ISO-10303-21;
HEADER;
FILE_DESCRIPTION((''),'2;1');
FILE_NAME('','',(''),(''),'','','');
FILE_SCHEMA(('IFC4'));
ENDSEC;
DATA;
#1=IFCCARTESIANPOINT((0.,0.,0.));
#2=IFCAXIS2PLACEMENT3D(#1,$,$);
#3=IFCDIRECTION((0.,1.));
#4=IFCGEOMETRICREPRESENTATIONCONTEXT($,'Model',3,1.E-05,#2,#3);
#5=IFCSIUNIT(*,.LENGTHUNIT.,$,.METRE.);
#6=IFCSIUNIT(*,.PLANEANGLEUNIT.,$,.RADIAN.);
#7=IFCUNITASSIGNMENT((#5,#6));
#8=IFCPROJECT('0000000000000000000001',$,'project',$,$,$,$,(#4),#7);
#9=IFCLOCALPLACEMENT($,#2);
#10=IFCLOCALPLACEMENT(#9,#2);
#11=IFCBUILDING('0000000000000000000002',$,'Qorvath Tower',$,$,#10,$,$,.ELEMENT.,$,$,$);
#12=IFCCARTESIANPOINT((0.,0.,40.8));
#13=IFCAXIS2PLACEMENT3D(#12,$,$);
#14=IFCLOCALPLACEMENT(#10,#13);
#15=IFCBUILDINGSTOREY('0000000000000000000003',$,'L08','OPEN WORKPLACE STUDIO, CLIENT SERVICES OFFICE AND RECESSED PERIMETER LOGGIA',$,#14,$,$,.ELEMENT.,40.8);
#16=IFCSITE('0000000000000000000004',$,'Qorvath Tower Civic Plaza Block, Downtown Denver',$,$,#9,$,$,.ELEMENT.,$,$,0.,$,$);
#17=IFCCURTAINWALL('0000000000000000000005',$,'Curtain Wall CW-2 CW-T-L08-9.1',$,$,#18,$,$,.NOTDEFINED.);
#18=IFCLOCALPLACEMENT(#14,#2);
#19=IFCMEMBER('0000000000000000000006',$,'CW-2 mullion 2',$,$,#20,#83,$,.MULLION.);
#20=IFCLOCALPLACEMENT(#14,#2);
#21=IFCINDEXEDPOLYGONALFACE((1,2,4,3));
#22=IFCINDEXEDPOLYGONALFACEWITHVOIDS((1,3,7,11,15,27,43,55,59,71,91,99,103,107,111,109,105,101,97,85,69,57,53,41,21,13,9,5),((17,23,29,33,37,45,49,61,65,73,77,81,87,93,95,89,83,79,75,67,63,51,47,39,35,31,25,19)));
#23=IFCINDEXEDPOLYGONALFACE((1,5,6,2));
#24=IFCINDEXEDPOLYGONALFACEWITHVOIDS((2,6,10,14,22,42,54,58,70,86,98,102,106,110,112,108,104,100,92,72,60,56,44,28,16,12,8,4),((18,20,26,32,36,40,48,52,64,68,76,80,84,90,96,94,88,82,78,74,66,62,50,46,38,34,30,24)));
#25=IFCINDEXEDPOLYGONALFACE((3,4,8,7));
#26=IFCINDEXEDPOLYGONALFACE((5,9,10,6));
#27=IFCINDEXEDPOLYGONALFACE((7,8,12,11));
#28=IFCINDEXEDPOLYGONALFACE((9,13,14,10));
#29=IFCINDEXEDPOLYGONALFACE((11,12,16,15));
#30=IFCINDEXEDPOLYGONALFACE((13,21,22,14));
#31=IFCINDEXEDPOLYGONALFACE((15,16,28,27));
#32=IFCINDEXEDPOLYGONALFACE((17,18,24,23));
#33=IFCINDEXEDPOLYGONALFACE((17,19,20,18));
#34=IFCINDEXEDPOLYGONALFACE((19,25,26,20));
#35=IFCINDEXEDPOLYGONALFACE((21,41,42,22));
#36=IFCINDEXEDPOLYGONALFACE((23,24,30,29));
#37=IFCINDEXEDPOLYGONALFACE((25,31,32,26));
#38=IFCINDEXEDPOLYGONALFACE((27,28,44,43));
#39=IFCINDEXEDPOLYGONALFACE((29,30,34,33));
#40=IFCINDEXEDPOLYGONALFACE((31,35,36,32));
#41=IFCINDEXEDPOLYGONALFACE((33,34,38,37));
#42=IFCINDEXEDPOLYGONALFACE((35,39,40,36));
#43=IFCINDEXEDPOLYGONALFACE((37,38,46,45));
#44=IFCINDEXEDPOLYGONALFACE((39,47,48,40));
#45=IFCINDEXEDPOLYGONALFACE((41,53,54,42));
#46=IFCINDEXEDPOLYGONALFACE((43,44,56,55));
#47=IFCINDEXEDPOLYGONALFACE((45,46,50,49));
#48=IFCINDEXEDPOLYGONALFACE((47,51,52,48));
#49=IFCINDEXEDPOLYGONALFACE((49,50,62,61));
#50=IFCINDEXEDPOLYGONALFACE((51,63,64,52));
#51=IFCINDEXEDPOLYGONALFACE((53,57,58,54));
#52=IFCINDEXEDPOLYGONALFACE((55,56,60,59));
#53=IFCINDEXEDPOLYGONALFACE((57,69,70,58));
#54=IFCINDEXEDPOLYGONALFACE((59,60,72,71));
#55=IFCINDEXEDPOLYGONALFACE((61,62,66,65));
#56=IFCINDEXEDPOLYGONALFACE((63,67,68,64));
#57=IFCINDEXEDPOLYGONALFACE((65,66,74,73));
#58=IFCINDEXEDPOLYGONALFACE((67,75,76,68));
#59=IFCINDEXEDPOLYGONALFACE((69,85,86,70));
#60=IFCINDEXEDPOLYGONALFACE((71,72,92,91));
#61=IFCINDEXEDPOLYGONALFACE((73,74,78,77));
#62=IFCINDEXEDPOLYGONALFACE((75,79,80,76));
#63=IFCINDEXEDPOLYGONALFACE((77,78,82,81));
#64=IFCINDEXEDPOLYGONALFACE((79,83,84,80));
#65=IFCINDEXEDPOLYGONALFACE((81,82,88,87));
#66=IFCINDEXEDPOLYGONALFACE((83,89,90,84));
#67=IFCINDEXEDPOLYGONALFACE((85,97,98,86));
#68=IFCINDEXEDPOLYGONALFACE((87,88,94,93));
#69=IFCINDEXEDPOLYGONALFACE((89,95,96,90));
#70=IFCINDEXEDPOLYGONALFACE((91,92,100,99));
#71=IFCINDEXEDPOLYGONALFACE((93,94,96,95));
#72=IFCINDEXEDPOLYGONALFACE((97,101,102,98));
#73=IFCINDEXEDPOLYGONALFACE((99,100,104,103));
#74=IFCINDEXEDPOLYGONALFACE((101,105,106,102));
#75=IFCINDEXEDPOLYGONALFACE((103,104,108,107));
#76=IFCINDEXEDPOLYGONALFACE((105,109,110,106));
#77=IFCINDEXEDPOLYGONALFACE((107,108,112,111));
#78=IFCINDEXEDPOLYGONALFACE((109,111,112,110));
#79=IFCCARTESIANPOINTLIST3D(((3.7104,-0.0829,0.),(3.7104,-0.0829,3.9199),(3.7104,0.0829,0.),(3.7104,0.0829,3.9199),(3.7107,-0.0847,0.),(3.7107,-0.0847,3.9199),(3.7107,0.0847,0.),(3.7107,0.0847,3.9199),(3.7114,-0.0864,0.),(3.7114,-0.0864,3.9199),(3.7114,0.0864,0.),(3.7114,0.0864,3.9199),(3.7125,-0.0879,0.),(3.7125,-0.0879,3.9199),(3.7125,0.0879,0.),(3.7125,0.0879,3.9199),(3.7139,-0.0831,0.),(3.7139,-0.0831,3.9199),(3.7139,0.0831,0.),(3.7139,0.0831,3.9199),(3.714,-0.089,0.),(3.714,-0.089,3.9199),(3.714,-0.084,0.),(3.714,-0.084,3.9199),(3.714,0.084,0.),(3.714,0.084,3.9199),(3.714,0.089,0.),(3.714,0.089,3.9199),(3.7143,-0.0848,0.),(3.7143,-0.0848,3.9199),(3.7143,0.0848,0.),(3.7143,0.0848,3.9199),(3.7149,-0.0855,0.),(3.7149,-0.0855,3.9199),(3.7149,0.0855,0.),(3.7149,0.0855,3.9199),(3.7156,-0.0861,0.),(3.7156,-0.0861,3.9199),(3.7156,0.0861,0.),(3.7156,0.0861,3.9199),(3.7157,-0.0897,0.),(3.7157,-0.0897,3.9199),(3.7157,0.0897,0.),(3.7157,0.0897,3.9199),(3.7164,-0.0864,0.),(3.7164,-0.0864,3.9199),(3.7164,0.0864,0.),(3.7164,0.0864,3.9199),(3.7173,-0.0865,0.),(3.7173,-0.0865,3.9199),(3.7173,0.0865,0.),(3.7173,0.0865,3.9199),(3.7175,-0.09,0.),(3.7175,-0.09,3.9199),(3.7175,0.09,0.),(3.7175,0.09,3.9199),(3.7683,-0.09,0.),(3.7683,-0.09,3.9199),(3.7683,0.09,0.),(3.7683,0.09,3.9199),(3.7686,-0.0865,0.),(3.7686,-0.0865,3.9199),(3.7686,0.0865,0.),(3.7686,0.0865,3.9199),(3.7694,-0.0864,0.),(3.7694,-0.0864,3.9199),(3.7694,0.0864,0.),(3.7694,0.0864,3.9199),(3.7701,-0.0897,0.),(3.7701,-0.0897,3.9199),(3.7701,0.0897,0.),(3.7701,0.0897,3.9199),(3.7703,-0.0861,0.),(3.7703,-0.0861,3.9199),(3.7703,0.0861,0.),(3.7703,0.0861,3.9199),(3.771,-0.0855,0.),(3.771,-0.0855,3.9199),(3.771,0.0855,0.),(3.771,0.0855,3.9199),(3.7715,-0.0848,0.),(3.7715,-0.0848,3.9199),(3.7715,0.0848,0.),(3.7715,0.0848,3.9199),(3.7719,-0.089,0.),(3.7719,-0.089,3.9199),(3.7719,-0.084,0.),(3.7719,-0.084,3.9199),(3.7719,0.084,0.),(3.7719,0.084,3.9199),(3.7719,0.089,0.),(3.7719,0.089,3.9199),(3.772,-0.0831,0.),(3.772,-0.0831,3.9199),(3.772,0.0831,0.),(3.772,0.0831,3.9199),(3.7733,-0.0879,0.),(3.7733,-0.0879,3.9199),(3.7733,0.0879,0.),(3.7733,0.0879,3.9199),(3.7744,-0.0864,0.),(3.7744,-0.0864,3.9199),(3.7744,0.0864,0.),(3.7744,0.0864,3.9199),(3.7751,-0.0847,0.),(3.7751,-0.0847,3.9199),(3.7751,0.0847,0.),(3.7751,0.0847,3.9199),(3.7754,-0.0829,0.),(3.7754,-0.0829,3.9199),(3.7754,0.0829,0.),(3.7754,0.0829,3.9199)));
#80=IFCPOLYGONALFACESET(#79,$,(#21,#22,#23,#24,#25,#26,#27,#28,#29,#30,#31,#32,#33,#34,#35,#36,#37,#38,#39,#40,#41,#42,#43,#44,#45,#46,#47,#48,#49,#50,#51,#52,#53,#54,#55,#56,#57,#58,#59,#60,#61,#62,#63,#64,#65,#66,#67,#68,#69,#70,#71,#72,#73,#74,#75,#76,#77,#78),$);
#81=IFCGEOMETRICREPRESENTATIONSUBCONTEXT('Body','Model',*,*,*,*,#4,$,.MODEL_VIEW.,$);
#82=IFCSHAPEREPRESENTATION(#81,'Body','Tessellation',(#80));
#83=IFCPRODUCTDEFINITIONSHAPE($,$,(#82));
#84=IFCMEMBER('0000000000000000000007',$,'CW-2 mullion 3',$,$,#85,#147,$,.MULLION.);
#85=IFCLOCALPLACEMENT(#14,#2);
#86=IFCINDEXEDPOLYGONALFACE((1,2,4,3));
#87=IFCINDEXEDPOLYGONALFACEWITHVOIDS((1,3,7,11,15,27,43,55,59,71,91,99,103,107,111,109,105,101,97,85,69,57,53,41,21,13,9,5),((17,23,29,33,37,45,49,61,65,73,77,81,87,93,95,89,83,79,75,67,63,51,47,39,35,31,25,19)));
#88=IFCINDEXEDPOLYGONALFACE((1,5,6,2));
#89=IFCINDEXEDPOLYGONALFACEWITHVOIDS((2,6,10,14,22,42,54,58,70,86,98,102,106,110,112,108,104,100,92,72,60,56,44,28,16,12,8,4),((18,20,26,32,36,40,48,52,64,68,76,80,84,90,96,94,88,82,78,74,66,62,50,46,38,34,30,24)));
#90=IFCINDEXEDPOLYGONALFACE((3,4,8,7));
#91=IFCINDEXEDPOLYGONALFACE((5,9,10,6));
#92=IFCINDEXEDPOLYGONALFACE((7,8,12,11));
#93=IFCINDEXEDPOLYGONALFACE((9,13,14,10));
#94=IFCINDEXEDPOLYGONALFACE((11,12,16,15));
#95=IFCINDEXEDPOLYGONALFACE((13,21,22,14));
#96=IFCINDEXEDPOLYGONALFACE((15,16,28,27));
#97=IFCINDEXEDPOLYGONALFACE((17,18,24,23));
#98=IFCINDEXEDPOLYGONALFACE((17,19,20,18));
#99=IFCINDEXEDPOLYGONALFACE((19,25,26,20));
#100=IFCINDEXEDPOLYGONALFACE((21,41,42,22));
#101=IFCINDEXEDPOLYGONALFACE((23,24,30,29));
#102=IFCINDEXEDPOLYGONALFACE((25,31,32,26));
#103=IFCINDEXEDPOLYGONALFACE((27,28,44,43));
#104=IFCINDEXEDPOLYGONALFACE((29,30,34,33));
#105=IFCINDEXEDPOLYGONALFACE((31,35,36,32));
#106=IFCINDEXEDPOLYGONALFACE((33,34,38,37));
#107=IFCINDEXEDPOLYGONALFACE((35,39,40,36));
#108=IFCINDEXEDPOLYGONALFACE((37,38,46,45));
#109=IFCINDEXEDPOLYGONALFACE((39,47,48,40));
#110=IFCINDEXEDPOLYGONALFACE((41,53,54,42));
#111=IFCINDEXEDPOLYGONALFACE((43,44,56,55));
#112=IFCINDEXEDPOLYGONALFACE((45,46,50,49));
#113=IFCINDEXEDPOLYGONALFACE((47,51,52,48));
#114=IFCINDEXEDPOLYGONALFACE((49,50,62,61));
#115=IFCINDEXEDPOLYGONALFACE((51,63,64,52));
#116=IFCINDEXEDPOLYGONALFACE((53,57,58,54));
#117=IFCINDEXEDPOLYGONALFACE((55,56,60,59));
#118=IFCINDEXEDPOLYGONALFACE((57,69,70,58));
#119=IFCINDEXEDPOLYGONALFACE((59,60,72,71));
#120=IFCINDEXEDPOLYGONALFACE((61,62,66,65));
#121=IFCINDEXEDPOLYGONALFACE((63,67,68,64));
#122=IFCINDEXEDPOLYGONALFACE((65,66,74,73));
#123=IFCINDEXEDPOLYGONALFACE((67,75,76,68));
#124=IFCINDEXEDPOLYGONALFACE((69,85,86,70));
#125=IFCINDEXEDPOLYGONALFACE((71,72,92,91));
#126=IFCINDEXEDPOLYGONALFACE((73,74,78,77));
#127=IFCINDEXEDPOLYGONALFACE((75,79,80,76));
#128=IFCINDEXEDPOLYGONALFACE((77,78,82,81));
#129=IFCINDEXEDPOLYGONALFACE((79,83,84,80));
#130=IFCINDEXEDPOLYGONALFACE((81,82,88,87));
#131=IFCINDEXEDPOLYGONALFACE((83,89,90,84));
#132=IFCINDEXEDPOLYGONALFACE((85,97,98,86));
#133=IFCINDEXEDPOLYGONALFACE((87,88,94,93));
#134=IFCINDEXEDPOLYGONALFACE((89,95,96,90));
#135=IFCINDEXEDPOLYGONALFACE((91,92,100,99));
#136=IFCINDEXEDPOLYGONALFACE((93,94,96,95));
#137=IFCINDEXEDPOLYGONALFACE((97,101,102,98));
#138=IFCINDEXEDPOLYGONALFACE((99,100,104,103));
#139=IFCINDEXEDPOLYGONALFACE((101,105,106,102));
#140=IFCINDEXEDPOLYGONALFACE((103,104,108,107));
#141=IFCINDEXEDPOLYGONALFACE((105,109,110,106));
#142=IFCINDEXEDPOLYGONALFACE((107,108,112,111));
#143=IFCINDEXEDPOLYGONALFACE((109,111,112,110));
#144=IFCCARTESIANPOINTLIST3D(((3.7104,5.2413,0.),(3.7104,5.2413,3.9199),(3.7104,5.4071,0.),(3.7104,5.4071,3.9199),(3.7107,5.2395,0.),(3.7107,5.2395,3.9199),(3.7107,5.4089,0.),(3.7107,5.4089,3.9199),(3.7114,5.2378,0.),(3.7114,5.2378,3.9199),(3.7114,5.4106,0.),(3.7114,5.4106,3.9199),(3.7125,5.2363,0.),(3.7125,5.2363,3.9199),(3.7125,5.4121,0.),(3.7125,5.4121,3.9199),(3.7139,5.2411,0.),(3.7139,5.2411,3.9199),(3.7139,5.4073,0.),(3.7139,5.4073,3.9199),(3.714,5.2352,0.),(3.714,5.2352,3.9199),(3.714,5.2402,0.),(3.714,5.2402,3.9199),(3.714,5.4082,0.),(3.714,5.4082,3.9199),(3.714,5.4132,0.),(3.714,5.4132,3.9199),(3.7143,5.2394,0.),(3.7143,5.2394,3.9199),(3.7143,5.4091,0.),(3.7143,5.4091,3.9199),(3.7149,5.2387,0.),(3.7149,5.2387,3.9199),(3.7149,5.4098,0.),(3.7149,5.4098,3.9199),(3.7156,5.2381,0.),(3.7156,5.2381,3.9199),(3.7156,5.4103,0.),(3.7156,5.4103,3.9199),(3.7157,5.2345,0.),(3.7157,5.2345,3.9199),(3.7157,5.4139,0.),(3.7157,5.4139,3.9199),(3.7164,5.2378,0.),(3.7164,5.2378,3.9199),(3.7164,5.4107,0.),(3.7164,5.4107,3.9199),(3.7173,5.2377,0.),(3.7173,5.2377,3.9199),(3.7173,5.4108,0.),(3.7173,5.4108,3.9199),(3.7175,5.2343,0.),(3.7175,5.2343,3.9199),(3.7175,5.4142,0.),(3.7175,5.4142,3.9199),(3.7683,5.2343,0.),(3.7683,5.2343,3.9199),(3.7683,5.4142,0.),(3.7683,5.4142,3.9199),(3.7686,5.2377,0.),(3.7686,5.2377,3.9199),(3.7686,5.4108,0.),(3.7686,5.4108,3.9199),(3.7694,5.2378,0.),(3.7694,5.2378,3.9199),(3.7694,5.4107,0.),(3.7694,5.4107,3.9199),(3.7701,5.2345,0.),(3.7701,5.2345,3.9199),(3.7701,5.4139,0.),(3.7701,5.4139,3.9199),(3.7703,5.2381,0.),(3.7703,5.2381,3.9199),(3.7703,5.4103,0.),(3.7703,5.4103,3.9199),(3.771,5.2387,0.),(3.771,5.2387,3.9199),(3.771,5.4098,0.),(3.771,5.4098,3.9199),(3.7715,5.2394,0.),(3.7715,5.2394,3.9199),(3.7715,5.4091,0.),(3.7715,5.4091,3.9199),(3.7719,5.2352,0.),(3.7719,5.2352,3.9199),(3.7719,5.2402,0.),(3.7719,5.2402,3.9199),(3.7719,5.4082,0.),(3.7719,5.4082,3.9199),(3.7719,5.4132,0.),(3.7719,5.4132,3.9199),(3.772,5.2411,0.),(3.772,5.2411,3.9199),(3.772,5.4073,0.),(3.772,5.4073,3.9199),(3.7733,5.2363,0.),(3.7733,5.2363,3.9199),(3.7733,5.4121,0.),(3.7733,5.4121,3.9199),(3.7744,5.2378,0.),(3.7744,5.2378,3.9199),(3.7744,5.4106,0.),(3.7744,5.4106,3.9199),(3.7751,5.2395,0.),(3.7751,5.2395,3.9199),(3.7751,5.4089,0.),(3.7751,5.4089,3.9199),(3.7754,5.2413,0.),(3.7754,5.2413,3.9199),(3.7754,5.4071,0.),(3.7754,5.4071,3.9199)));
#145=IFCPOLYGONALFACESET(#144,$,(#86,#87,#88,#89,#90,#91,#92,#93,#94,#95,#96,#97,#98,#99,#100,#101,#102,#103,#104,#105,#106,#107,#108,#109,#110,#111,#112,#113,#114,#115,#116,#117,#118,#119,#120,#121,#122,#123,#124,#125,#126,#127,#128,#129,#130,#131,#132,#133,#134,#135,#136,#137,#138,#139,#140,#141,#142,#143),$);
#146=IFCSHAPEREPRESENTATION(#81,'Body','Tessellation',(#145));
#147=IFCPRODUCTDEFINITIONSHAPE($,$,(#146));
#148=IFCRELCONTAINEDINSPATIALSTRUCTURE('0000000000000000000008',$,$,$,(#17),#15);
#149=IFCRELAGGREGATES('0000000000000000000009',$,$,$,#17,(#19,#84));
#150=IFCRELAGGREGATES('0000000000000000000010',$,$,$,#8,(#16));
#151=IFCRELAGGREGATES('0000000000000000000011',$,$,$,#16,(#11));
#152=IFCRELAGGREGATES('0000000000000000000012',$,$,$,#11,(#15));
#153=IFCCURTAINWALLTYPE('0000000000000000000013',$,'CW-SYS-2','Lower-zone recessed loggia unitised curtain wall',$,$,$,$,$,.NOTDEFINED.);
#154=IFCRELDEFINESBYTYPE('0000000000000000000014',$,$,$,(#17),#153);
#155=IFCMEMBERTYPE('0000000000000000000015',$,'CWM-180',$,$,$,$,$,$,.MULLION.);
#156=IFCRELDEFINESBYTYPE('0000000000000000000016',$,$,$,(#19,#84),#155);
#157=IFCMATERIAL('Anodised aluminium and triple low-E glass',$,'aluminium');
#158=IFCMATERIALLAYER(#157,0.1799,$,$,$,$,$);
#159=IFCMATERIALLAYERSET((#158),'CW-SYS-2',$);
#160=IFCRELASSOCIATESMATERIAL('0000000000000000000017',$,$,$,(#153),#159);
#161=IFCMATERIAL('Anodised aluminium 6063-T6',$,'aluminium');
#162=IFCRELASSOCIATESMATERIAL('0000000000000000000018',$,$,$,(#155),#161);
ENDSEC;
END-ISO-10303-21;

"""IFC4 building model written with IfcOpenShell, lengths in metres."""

from ifc_helpers import new_model, si_unit, direction, frame, origin, origin_2d, place, context, subcontext, project, spatial, hollow_rectangle, extrude, material, layer, layer_set, material_profile, profile_set, type_object, element, aggregate, save


model = new_model("IFC4")

# Units and contexts
model_context = context("Model", 3, precision=1e-05, world=origin(), true_north=direction((0.0, 1.0)))
body_context = subcontext(model_context, "Body", "Model", "MODEL_VIEW")
ifc_project = project(units=[si_unit("LENGTHUNIT", "METRE"), si_unit("PLANEANGLEUNIT", "RADIAN")], contexts=[model_context])

# Site, building, storey
site_placement = place(None, origin())
site = spatial("IfcSite", under=ifc_project, at=site_placement, Name="Qorvath Tower Civic Plaza Block, Downtown Denver", CompositionType="ELEMENT", RefElevation=0.0)
building_placement = place(site_placement, origin())
building = spatial("IfcBuilding", under=site, at=building_placement, Name="Qorvath Tower", CompositionType="ELEMENT")
storey_placement = place(building_placement, frame((0.0, 0.0, 40.8)))
storey = spatial("IfcBuildingStorey", under=building, at=storey_placement, Name="L08", Description="OPEN WORKPLACE STUDIO, CLIENT SERVICES OFFICE AND RECESSED PERIMETER LOGGIA", CompositionType="ELEMENT", Elevation=40.8)

# Curtain wall, members
ifc_material_1 = material(Name="Anodised aluminium and triple low-E glass", Category="aluminium")
ifc_layer_1 = layer(ifc_material_1, 0.1799)
ifc_layer_set_1 = layer_set([ifc_layer_1], Name="CW-SYS-2")
curtain_wall_type = type_object("IfcCurtainWallType", Name="CW-SYS-2", Description="Lower-zone recessed loggia unitised curtain wall", PredefinedType="NOTDEFINED", material=ifc_layer_set_1)
curtain_wall_1_placement = place(storey_placement, origin())
curtain_wall_1 = element("IfcCurtainWall", 1, at=curtain_wall_1_placement, inside=storey, type_object=curtain_wall_type, Name="Curtain Wall CW-2 CW-T-L08-9.1", PredefinedType="NOTDEFINED")
ifc_material_2 = material(Name="Anodised aluminium 6063-T6", Category="aluminium")
ifc_material_profile_1 = material_profile(ifc_material_2, hollow_rectangle(XDim=0.0649, YDim=0.1799, WallThickness=0.0034, InnerFilletRadius=0.0034, OuterFilletRadius=0.0071, at=origin_2d()), Name="CWM 180x65")
ifc_profile_set_1 = profile_set([ifc_material_profile_1], Name="Anodised aluminium 6063-T6")
member_type_1 = type_object("IfcMemberType", Name="CWM-180", PredefinedType="MULLION", material=ifc_profile_set_1)
member_1_placement = place(storey_placement, frame((3.7429, 0.0, 0.0), z_axis=(0.0, 0.0, 1.0), x_axis=(-1.0, 0.0, 0.0)))
member_1 = element("IfcMember", 2, at=member_1_placement, type_object=member_type_1, Name="CW-2 mullion 2", PredefinedType="MULLION", context=body_context, shape_type="SweptSolid", body=[
    extrude(hollow_rectangle(XDim=0.0649, YDim=0.1799, WallThickness=0.0034, InnerFilletRadius=0.0034, OuterFilletRadius=0.0071, at=origin_2d()), origin(), (0.0, 0.0, 1.0), 3.9199),
])
member_2_placement = place(storey_placement, frame((3.7429, 5.3242, 0.0), z_axis=(0.0, 0.0, 1.0), x_axis=(-1.0, 0.0, 0.0)))
member_2 = element("IfcMember", 3, at=member_2_placement, type_object=member_type_1, Name="CW-2 mullion 3", PredefinedType="MULLION", context=body_context, shape_type="SweptSolid", body=[
    extrude(hollow_rectangle(XDim=0.0649, YDim=0.1799, WallThickness=0.0034, InnerFilletRadius=0.0034, OuterFilletRadius=0.0071, at=origin_2d()), origin(), (0.0, 0.0, 1.0), 3.9199),
])

aggregate(curtain_wall_1, [member_1, member_2])

save(model, "model.ifc")
